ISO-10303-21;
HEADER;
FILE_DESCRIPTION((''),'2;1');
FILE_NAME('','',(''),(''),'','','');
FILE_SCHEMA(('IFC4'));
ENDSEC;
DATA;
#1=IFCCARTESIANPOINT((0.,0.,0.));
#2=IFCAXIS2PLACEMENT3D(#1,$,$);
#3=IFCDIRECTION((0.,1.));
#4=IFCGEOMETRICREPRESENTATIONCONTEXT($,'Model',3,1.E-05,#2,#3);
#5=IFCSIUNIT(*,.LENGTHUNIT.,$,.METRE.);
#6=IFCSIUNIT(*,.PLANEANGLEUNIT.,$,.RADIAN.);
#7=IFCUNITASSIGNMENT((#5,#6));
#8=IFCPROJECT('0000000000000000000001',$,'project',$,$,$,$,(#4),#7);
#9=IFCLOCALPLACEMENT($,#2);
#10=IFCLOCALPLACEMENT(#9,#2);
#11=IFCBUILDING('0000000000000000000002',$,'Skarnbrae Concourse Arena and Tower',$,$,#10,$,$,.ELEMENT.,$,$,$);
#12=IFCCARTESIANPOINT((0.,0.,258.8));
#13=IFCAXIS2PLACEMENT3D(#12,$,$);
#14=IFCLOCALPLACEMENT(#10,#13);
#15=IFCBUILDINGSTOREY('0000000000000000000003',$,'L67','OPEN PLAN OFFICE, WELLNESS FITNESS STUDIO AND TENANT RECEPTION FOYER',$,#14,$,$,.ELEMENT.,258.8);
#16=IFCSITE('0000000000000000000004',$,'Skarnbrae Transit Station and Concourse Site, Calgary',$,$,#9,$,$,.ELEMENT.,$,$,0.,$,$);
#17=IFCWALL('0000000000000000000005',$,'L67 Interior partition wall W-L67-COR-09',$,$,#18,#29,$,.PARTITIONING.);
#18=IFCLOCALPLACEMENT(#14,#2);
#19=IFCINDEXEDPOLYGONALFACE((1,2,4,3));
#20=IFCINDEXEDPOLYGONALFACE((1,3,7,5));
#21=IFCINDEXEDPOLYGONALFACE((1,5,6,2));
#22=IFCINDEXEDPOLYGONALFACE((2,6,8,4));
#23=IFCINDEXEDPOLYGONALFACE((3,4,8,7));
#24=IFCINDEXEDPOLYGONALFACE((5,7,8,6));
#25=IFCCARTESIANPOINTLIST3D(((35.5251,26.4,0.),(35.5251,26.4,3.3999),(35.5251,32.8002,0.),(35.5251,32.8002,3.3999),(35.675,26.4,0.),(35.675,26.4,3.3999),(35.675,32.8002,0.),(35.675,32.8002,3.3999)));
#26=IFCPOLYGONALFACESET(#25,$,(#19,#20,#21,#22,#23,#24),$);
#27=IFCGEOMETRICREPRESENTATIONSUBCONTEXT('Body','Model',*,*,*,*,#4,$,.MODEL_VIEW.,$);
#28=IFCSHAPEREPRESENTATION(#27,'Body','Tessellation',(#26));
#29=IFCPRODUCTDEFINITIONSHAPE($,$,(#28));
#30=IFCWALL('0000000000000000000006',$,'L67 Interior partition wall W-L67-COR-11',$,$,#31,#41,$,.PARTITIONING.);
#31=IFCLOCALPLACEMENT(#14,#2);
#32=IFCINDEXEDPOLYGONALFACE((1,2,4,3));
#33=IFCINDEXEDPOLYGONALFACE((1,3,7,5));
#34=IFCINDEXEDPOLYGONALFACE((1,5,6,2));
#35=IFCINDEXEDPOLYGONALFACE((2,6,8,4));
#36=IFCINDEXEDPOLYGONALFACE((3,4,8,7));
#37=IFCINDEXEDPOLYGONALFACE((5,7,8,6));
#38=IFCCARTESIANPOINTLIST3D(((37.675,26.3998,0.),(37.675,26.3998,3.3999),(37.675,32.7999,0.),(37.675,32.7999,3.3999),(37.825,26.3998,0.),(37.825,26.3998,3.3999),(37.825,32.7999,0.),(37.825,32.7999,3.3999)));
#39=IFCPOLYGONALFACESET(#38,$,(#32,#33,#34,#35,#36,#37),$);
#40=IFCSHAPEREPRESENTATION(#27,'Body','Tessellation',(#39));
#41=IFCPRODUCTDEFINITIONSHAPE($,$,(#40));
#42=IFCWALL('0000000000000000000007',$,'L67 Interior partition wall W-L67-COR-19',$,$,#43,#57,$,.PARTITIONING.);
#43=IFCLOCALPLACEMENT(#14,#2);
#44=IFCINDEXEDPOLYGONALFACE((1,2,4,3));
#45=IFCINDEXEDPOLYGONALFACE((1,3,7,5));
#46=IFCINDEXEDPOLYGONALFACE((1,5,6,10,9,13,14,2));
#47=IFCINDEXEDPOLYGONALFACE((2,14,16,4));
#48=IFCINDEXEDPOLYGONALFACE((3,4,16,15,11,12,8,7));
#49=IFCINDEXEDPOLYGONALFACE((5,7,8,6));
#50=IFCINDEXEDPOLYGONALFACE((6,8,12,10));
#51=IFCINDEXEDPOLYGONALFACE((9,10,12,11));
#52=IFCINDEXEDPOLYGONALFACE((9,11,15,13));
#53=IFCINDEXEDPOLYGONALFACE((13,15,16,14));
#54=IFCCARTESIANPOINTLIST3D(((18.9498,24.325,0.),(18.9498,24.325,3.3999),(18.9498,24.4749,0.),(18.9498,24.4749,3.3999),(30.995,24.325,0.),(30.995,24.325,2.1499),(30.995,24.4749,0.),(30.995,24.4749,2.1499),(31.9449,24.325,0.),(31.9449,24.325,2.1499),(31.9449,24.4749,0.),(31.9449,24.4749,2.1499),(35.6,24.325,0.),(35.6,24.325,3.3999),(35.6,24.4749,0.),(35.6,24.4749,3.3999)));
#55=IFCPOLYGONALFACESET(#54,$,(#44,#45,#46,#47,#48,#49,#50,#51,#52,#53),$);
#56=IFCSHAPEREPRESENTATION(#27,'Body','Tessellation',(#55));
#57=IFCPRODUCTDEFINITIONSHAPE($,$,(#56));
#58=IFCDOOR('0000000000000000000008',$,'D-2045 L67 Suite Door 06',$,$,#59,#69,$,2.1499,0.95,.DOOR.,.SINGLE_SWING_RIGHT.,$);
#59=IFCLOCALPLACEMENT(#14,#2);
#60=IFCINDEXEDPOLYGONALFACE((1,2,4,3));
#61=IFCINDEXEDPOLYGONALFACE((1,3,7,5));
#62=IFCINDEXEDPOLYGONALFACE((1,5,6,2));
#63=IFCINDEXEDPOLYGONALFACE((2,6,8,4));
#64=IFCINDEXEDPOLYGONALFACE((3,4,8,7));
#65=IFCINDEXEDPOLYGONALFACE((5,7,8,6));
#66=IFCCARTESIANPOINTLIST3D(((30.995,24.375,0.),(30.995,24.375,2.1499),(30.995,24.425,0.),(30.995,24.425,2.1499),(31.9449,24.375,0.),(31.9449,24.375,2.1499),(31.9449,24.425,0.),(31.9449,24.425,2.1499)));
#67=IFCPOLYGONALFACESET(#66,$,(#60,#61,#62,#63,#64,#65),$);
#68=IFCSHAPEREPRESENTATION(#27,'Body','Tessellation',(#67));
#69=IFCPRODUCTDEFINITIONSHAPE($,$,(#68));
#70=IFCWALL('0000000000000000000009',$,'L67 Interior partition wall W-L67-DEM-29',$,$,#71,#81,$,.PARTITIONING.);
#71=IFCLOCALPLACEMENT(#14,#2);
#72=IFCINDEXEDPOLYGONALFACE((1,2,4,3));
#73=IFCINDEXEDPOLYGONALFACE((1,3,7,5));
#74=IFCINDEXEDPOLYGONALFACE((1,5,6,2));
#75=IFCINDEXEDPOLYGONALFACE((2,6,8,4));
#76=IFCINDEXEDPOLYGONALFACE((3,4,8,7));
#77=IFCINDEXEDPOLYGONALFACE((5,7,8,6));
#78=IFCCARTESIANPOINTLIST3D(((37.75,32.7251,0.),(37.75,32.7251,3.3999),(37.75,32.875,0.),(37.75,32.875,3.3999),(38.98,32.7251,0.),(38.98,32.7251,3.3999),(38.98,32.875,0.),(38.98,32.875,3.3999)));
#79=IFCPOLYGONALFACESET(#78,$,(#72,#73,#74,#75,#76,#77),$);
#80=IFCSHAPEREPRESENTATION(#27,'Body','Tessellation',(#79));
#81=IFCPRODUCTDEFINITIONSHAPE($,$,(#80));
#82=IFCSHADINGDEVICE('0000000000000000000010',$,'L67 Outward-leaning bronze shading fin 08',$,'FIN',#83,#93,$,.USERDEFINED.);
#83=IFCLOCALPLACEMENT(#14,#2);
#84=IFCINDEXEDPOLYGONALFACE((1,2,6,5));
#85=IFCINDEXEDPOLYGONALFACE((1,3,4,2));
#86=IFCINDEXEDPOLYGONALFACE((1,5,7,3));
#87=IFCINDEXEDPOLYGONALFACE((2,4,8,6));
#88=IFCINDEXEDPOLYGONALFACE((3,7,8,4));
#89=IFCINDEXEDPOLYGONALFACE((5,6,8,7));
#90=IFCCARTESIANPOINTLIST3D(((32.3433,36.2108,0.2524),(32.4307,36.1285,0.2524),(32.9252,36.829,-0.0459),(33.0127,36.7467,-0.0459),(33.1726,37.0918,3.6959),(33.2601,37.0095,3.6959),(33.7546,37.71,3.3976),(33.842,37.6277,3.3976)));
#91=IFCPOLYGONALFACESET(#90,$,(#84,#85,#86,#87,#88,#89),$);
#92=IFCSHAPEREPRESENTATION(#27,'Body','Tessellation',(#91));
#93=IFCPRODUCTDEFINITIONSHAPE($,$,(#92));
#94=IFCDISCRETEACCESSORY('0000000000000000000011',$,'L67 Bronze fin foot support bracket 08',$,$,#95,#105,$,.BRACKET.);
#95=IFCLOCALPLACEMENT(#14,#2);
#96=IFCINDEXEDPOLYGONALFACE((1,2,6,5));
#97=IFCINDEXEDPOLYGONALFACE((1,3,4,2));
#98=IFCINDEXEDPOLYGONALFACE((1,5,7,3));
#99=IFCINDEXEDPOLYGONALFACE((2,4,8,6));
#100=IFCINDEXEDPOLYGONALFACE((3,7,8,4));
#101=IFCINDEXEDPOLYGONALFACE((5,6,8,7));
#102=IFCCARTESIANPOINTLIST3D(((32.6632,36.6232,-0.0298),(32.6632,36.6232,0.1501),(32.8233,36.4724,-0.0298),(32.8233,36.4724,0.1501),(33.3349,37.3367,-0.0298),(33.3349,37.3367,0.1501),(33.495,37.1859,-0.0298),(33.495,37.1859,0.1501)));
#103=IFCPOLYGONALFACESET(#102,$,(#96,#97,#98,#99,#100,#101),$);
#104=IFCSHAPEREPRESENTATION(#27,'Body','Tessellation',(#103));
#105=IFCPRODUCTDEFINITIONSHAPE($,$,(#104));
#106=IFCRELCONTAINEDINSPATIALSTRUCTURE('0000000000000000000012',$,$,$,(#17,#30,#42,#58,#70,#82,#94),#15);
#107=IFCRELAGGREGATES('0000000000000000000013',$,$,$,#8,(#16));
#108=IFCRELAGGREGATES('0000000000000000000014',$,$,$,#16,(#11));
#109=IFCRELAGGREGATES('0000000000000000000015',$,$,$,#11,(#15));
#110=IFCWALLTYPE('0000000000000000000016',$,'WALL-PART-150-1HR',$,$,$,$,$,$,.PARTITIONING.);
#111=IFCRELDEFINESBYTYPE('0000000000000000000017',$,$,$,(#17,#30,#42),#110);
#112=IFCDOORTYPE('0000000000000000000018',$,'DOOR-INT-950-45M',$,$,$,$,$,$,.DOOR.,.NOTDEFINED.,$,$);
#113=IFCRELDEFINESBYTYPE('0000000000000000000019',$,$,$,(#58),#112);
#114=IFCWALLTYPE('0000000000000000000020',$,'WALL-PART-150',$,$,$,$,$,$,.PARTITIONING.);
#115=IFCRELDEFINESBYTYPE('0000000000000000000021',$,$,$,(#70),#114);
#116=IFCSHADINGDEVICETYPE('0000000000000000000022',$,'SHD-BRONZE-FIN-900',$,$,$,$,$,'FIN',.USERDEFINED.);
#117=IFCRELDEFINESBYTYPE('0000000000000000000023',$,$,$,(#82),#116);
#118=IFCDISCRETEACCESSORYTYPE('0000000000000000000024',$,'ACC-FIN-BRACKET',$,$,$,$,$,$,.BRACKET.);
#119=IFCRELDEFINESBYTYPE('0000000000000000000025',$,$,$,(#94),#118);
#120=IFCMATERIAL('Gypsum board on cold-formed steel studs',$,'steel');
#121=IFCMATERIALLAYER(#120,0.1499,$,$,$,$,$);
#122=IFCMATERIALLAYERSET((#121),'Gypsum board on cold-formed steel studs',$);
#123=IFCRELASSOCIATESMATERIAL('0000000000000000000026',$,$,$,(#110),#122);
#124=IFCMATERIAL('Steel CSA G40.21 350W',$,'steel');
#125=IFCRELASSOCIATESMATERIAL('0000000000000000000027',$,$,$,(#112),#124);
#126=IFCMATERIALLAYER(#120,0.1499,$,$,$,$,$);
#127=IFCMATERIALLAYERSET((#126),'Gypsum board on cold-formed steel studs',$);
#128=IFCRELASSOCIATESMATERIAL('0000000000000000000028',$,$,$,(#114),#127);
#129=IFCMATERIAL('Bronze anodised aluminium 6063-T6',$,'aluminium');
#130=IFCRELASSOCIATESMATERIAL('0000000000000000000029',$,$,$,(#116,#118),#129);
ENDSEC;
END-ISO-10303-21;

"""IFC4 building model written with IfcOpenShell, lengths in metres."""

from ifc_helpers import new_model, si_unit, direction, frame, frame_2d, origin, origin_2d, place, context, subcontext, project, spatial, rectangle, extrude, source, transform, mapped, material, layer, layer_set, type_object, element, fill, save


model = new_model("IFC4")

# Units and contexts
model_context = context("Model", 3, precision=1e-05, world=origin(), true_north=direction((0.0, 1.0)))
body_context = subcontext(model_context, "Body", "Model", "MODEL_VIEW")
ifc_project = project(units=[si_unit("LENGTHUNIT", "METRE"), si_unit("PLANEANGLEUNIT", "RADIAN")], contexts=[model_context])

# Site, building, storey
site_placement = place(None, origin())
site = spatial("IfcSite", under=ifc_project, at=site_placement, Name="Skarnbrae Transit Station and Concourse Site, Calgary", CompositionType="ELEMENT", RefElevation=0.0)
building_placement = place(site_placement, origin())
building = spatial("IfcBuilding", under=site, at=building_placement, Name="Skarnbrae Concourse Arena and Tower", CompositionType="ELEMENT")
storey_placement = place(building_placement, frame((0.0, 0.0, 258.8)))
storey = spatial("IfcBuildingStorey", under=building, at=storey_placement, Name="L67", Description="OPEN PLAN OFFICE, WELLNESS FITNESS STUDIO AND TENANT RECEPTION FOYER", CompositionType="ELEMENT", Elevation=258.8)

# Shared definitions
ifc_material_1 = material(Name="Steel CSA G40.21 350W", Category="steel")

# Shared definitions
ifc_material_2 = material(Name="Bronze anodised aluminium 6063-T6", Category="aluminium")

# Shared definitions
ifc_material_3 = material(Name="Gypsum board on cold-formed steel studs", Category="steel")
ifc_layer_1 = layer(ifc_material_3, 0.1499)
ifc_layer_set_1 = layer_set([ifc_layer_1], Name="Gypsum board on cold-formed steel studs")
wall_type_1 = type_object("IfcWallType", Name="WALL-PART-150-1HR", PredefinedType="PARTITIONING", material=ifc_layer_set_1)
door_type = type_object("IfcDoorType", Name="DOOR-INT-950-45M", OperationType="NOTDEFINED", PredefinedType="DOOR", material=ifc_material_1)
shared_shape_1 = source(origin(), body_context, "Body", "SweptSolid", [
    extrude(rectangle(XDim=0.95, YDim=2.1499, at=frame_2d((0.4751, 1.075))), frame((0.0, 0.0249, 0.0), z_axis=(0.0, -1.0, 0.0), x_axis=(1.0, 0.0, 0.0)), (0.0, 0.0, 1.0), 0.05),
])

# Walls
shared_shape_2 = source(origin(), body_context, "Body", "SweptSolid", [
    extrude(rectangle(XDim=6.4001, YDim=0.1499, at=frame_2d((3.2002, 0.0))), origin(), (0.0, 0.0, 1.0), 3.3999),
])
for number, where, z_axis, x_axis, name in (
    (1, (35.6001, 26.3999, 0.0), (0.0, 0.0, 1.0), (0.0, 1.0, 0.0), "L67 Interior partition wall W-L67-COR-09"),
    (2, (37.75, 32.8, 0.0), (0.0, 0.0, 1.0), (0.0, -1.0, 0.0), "L67 Interior partition wall W-L67-COR-11"),
):
    element("IfcWall", number, at=place(storey_placement, frame(where, z_axis=z_axis, x_axis=x_axis)), inside=storey, type_object=wall_type_1, Name=name, PredefinedType="PARTITIONING", context=body_context, shape_type="MappedRepresentation", body=[
        mapped(shared_shape_2, transform((0.0, 0.0, 0.0))),
    ])

# Wall, opening, door
shared_shape_3 = source(origin(), body_context, "Body", "SweptSolid", [
    extrude(rectangle(XDim=16.6501, YDim=0.1499, at=frame_2d((8.3252, 0.0))), origin(), (0.0, 0.0, 1.0), 3.3999),
])
wall_1_placement = place(storey_placement, frame((35.6001, 24.3999, 0.0), z_axis=(0.0, 0.0, 1.0), x_axis=(-1.0, 0.0, 0.0)))
wall_1 = element("IfcWall", 3, at=wall_1_placement, inside=storey, type_object=wall_type_1, Name="L67 Interior partition wall W-L67-COR-19", PredefinedType="PARTITIONING", context=body_context, shape_type="MappedRepresentation", body=[
    mapped(shared_shape_3, transform((0.0, 0.0, 0.0))),
])
opening_1_placement = place(wall_1_placement, frame((3.655, 0.0, 0.0)))
opening_1 = element("IfcOpeningElement", 4, at=opening_1_placement, cuts=wall_1, PredefinedType="OPENING", context=body_context, shape_type="SweptSolid", body=[
    extrude(rectangle(XDim=0.95, YDim=2.1499, at=frame_2d((0.4751, 1.075))), frame((0.0, 0.085, 0.0), z_axis=(0.0, -1.0, 0.0), x_axis=(1.0, 0.0, 0.0)), (0.0, 0.0, 1.0), 0.1699),
])
door_1_placement = place(opening_1_placement, origin())
door_1 = element("IfcDoor", 5, at=door_1_placement, inside=storey, type_object=door_type, Name="D-2045 L67 Suite Door 06", OperationType="SINGLE_SWING_RIGHT", OverallHeight=2.1499, OverallWidth=0.95, PredefinedType="DOOR", context=body_context, shape_type="MappedRepresentation", body=[
    mapped(shared_shape_1, transform((0.0, 0.0, 0.0))),
])
fill(opening_1, door_1)

# Wall
ifc_layer_2 = layer(ifc_material_3, 0.1499)
ifc_layer_set_2 = layer_set([ifc_layer_2], Name="Gypsum board on cold-formed steel studs")
wall_type_2 = type_object("IfcWallType", Name="WALL-PART-150", PredefinedType="PARTITIONING", material=ifc_layer_set_2)
shared_shape_4 = source(origin(), body_context, "Body", "SweptSolid", [
    extrude(rectangle(XDim=1.23, YDim=0.1499, at=frame_2d((0.615, 0.0))), origin(), (0.0, 0.0, 1.0), 3.3999),
])
wall_2_placement = place(storey_placement, frame((38.98, 32.8, 0.0), z_axis=(0.0, 0.0, 1.0), x_axis=(-1.0, 0.0, 0.0)))
element("IfcWall", 6, at=wall_2_placement, inside=storey, type_object=wall_type_2, Name="L67 Interior partition wall W-L67-DEM-29", PredefinedType="PARTITIONING", context=body_context, shape_type="MappedRepresentation", body=[
    mapped(shared_shape_4, transform((0.0, 0.0, 0.0))),
])

# Shading device
shading_device_type = type_object("IfcShadingDeviceType", Name="SHD-BRONZE-FIN-900", ElementType="FIN", PredefinedType="USERDEFINED", material=ifc_material_2)
shared_shape_5 = source(origin(), body_context, "Body", "SweptSolid", [
    extrude(rectangle(XDim=0.1201, YDim=0.8999, at=origin_2d()), origin(), (0.0, 0.0, 1.0), 3.6499),
])
shading_device_placement = place(storey_placement, frame((32.678, 36.4788, 0.1033), z_axis=(0.227224, 0.241378, 0.943454), x_axis=(0.728132, -0.685437, 0.0)))
element("IfcShadingDevice", 7, at=shading_device_placement, inside=storey, type_object=shading_device_type, Name="L67 Outward-leaning bronze shading fin 08", ObjectType="FIN", PredefinedType="USERDEFINED", context=body_context, shape_type="MappedRepresentation", body=[
    mapped(shared_shape_5, transform((0.0, 0.0, 0.0))),
])

# Discrete accessory
discrete_accessory_type = type_object("IfcDiscreteAccessoryType", Name="ACC-FIN-BRACKET", PredefinedType="BRACKET", material=ifc_material_2)
shared_shape_6 = source(origin(), body_context, "Body", "SweptSolid", [
    extrude(rectangle(XDim=0.22, YDim=0.98, at=origin_2d()), origin(), (0.0, 0.0, 1.0), 0.1799),
])
discrete_accessory_placement = place(storey_placement, frame((33.0791, 36.9045, -0.0298), z_axis=(0.0, 0.0, 1.0), x_axis=(0.728132, -0.685437, 0.0)))
element("IfcDiscreteAccessory", 8, at=discrete_accessory_placement, inside=storey, type_object=discrete_accessory_type, Name="L67 Bronze fin foot support bracket 08", PredefinedType="BRACKET", context=body_context, shape_type="MappedRepresentation", body=[
    mapped(shared_shape_6, transform((0.0, 0.0, 0.0))),
])

save(model, "model.ifc")
